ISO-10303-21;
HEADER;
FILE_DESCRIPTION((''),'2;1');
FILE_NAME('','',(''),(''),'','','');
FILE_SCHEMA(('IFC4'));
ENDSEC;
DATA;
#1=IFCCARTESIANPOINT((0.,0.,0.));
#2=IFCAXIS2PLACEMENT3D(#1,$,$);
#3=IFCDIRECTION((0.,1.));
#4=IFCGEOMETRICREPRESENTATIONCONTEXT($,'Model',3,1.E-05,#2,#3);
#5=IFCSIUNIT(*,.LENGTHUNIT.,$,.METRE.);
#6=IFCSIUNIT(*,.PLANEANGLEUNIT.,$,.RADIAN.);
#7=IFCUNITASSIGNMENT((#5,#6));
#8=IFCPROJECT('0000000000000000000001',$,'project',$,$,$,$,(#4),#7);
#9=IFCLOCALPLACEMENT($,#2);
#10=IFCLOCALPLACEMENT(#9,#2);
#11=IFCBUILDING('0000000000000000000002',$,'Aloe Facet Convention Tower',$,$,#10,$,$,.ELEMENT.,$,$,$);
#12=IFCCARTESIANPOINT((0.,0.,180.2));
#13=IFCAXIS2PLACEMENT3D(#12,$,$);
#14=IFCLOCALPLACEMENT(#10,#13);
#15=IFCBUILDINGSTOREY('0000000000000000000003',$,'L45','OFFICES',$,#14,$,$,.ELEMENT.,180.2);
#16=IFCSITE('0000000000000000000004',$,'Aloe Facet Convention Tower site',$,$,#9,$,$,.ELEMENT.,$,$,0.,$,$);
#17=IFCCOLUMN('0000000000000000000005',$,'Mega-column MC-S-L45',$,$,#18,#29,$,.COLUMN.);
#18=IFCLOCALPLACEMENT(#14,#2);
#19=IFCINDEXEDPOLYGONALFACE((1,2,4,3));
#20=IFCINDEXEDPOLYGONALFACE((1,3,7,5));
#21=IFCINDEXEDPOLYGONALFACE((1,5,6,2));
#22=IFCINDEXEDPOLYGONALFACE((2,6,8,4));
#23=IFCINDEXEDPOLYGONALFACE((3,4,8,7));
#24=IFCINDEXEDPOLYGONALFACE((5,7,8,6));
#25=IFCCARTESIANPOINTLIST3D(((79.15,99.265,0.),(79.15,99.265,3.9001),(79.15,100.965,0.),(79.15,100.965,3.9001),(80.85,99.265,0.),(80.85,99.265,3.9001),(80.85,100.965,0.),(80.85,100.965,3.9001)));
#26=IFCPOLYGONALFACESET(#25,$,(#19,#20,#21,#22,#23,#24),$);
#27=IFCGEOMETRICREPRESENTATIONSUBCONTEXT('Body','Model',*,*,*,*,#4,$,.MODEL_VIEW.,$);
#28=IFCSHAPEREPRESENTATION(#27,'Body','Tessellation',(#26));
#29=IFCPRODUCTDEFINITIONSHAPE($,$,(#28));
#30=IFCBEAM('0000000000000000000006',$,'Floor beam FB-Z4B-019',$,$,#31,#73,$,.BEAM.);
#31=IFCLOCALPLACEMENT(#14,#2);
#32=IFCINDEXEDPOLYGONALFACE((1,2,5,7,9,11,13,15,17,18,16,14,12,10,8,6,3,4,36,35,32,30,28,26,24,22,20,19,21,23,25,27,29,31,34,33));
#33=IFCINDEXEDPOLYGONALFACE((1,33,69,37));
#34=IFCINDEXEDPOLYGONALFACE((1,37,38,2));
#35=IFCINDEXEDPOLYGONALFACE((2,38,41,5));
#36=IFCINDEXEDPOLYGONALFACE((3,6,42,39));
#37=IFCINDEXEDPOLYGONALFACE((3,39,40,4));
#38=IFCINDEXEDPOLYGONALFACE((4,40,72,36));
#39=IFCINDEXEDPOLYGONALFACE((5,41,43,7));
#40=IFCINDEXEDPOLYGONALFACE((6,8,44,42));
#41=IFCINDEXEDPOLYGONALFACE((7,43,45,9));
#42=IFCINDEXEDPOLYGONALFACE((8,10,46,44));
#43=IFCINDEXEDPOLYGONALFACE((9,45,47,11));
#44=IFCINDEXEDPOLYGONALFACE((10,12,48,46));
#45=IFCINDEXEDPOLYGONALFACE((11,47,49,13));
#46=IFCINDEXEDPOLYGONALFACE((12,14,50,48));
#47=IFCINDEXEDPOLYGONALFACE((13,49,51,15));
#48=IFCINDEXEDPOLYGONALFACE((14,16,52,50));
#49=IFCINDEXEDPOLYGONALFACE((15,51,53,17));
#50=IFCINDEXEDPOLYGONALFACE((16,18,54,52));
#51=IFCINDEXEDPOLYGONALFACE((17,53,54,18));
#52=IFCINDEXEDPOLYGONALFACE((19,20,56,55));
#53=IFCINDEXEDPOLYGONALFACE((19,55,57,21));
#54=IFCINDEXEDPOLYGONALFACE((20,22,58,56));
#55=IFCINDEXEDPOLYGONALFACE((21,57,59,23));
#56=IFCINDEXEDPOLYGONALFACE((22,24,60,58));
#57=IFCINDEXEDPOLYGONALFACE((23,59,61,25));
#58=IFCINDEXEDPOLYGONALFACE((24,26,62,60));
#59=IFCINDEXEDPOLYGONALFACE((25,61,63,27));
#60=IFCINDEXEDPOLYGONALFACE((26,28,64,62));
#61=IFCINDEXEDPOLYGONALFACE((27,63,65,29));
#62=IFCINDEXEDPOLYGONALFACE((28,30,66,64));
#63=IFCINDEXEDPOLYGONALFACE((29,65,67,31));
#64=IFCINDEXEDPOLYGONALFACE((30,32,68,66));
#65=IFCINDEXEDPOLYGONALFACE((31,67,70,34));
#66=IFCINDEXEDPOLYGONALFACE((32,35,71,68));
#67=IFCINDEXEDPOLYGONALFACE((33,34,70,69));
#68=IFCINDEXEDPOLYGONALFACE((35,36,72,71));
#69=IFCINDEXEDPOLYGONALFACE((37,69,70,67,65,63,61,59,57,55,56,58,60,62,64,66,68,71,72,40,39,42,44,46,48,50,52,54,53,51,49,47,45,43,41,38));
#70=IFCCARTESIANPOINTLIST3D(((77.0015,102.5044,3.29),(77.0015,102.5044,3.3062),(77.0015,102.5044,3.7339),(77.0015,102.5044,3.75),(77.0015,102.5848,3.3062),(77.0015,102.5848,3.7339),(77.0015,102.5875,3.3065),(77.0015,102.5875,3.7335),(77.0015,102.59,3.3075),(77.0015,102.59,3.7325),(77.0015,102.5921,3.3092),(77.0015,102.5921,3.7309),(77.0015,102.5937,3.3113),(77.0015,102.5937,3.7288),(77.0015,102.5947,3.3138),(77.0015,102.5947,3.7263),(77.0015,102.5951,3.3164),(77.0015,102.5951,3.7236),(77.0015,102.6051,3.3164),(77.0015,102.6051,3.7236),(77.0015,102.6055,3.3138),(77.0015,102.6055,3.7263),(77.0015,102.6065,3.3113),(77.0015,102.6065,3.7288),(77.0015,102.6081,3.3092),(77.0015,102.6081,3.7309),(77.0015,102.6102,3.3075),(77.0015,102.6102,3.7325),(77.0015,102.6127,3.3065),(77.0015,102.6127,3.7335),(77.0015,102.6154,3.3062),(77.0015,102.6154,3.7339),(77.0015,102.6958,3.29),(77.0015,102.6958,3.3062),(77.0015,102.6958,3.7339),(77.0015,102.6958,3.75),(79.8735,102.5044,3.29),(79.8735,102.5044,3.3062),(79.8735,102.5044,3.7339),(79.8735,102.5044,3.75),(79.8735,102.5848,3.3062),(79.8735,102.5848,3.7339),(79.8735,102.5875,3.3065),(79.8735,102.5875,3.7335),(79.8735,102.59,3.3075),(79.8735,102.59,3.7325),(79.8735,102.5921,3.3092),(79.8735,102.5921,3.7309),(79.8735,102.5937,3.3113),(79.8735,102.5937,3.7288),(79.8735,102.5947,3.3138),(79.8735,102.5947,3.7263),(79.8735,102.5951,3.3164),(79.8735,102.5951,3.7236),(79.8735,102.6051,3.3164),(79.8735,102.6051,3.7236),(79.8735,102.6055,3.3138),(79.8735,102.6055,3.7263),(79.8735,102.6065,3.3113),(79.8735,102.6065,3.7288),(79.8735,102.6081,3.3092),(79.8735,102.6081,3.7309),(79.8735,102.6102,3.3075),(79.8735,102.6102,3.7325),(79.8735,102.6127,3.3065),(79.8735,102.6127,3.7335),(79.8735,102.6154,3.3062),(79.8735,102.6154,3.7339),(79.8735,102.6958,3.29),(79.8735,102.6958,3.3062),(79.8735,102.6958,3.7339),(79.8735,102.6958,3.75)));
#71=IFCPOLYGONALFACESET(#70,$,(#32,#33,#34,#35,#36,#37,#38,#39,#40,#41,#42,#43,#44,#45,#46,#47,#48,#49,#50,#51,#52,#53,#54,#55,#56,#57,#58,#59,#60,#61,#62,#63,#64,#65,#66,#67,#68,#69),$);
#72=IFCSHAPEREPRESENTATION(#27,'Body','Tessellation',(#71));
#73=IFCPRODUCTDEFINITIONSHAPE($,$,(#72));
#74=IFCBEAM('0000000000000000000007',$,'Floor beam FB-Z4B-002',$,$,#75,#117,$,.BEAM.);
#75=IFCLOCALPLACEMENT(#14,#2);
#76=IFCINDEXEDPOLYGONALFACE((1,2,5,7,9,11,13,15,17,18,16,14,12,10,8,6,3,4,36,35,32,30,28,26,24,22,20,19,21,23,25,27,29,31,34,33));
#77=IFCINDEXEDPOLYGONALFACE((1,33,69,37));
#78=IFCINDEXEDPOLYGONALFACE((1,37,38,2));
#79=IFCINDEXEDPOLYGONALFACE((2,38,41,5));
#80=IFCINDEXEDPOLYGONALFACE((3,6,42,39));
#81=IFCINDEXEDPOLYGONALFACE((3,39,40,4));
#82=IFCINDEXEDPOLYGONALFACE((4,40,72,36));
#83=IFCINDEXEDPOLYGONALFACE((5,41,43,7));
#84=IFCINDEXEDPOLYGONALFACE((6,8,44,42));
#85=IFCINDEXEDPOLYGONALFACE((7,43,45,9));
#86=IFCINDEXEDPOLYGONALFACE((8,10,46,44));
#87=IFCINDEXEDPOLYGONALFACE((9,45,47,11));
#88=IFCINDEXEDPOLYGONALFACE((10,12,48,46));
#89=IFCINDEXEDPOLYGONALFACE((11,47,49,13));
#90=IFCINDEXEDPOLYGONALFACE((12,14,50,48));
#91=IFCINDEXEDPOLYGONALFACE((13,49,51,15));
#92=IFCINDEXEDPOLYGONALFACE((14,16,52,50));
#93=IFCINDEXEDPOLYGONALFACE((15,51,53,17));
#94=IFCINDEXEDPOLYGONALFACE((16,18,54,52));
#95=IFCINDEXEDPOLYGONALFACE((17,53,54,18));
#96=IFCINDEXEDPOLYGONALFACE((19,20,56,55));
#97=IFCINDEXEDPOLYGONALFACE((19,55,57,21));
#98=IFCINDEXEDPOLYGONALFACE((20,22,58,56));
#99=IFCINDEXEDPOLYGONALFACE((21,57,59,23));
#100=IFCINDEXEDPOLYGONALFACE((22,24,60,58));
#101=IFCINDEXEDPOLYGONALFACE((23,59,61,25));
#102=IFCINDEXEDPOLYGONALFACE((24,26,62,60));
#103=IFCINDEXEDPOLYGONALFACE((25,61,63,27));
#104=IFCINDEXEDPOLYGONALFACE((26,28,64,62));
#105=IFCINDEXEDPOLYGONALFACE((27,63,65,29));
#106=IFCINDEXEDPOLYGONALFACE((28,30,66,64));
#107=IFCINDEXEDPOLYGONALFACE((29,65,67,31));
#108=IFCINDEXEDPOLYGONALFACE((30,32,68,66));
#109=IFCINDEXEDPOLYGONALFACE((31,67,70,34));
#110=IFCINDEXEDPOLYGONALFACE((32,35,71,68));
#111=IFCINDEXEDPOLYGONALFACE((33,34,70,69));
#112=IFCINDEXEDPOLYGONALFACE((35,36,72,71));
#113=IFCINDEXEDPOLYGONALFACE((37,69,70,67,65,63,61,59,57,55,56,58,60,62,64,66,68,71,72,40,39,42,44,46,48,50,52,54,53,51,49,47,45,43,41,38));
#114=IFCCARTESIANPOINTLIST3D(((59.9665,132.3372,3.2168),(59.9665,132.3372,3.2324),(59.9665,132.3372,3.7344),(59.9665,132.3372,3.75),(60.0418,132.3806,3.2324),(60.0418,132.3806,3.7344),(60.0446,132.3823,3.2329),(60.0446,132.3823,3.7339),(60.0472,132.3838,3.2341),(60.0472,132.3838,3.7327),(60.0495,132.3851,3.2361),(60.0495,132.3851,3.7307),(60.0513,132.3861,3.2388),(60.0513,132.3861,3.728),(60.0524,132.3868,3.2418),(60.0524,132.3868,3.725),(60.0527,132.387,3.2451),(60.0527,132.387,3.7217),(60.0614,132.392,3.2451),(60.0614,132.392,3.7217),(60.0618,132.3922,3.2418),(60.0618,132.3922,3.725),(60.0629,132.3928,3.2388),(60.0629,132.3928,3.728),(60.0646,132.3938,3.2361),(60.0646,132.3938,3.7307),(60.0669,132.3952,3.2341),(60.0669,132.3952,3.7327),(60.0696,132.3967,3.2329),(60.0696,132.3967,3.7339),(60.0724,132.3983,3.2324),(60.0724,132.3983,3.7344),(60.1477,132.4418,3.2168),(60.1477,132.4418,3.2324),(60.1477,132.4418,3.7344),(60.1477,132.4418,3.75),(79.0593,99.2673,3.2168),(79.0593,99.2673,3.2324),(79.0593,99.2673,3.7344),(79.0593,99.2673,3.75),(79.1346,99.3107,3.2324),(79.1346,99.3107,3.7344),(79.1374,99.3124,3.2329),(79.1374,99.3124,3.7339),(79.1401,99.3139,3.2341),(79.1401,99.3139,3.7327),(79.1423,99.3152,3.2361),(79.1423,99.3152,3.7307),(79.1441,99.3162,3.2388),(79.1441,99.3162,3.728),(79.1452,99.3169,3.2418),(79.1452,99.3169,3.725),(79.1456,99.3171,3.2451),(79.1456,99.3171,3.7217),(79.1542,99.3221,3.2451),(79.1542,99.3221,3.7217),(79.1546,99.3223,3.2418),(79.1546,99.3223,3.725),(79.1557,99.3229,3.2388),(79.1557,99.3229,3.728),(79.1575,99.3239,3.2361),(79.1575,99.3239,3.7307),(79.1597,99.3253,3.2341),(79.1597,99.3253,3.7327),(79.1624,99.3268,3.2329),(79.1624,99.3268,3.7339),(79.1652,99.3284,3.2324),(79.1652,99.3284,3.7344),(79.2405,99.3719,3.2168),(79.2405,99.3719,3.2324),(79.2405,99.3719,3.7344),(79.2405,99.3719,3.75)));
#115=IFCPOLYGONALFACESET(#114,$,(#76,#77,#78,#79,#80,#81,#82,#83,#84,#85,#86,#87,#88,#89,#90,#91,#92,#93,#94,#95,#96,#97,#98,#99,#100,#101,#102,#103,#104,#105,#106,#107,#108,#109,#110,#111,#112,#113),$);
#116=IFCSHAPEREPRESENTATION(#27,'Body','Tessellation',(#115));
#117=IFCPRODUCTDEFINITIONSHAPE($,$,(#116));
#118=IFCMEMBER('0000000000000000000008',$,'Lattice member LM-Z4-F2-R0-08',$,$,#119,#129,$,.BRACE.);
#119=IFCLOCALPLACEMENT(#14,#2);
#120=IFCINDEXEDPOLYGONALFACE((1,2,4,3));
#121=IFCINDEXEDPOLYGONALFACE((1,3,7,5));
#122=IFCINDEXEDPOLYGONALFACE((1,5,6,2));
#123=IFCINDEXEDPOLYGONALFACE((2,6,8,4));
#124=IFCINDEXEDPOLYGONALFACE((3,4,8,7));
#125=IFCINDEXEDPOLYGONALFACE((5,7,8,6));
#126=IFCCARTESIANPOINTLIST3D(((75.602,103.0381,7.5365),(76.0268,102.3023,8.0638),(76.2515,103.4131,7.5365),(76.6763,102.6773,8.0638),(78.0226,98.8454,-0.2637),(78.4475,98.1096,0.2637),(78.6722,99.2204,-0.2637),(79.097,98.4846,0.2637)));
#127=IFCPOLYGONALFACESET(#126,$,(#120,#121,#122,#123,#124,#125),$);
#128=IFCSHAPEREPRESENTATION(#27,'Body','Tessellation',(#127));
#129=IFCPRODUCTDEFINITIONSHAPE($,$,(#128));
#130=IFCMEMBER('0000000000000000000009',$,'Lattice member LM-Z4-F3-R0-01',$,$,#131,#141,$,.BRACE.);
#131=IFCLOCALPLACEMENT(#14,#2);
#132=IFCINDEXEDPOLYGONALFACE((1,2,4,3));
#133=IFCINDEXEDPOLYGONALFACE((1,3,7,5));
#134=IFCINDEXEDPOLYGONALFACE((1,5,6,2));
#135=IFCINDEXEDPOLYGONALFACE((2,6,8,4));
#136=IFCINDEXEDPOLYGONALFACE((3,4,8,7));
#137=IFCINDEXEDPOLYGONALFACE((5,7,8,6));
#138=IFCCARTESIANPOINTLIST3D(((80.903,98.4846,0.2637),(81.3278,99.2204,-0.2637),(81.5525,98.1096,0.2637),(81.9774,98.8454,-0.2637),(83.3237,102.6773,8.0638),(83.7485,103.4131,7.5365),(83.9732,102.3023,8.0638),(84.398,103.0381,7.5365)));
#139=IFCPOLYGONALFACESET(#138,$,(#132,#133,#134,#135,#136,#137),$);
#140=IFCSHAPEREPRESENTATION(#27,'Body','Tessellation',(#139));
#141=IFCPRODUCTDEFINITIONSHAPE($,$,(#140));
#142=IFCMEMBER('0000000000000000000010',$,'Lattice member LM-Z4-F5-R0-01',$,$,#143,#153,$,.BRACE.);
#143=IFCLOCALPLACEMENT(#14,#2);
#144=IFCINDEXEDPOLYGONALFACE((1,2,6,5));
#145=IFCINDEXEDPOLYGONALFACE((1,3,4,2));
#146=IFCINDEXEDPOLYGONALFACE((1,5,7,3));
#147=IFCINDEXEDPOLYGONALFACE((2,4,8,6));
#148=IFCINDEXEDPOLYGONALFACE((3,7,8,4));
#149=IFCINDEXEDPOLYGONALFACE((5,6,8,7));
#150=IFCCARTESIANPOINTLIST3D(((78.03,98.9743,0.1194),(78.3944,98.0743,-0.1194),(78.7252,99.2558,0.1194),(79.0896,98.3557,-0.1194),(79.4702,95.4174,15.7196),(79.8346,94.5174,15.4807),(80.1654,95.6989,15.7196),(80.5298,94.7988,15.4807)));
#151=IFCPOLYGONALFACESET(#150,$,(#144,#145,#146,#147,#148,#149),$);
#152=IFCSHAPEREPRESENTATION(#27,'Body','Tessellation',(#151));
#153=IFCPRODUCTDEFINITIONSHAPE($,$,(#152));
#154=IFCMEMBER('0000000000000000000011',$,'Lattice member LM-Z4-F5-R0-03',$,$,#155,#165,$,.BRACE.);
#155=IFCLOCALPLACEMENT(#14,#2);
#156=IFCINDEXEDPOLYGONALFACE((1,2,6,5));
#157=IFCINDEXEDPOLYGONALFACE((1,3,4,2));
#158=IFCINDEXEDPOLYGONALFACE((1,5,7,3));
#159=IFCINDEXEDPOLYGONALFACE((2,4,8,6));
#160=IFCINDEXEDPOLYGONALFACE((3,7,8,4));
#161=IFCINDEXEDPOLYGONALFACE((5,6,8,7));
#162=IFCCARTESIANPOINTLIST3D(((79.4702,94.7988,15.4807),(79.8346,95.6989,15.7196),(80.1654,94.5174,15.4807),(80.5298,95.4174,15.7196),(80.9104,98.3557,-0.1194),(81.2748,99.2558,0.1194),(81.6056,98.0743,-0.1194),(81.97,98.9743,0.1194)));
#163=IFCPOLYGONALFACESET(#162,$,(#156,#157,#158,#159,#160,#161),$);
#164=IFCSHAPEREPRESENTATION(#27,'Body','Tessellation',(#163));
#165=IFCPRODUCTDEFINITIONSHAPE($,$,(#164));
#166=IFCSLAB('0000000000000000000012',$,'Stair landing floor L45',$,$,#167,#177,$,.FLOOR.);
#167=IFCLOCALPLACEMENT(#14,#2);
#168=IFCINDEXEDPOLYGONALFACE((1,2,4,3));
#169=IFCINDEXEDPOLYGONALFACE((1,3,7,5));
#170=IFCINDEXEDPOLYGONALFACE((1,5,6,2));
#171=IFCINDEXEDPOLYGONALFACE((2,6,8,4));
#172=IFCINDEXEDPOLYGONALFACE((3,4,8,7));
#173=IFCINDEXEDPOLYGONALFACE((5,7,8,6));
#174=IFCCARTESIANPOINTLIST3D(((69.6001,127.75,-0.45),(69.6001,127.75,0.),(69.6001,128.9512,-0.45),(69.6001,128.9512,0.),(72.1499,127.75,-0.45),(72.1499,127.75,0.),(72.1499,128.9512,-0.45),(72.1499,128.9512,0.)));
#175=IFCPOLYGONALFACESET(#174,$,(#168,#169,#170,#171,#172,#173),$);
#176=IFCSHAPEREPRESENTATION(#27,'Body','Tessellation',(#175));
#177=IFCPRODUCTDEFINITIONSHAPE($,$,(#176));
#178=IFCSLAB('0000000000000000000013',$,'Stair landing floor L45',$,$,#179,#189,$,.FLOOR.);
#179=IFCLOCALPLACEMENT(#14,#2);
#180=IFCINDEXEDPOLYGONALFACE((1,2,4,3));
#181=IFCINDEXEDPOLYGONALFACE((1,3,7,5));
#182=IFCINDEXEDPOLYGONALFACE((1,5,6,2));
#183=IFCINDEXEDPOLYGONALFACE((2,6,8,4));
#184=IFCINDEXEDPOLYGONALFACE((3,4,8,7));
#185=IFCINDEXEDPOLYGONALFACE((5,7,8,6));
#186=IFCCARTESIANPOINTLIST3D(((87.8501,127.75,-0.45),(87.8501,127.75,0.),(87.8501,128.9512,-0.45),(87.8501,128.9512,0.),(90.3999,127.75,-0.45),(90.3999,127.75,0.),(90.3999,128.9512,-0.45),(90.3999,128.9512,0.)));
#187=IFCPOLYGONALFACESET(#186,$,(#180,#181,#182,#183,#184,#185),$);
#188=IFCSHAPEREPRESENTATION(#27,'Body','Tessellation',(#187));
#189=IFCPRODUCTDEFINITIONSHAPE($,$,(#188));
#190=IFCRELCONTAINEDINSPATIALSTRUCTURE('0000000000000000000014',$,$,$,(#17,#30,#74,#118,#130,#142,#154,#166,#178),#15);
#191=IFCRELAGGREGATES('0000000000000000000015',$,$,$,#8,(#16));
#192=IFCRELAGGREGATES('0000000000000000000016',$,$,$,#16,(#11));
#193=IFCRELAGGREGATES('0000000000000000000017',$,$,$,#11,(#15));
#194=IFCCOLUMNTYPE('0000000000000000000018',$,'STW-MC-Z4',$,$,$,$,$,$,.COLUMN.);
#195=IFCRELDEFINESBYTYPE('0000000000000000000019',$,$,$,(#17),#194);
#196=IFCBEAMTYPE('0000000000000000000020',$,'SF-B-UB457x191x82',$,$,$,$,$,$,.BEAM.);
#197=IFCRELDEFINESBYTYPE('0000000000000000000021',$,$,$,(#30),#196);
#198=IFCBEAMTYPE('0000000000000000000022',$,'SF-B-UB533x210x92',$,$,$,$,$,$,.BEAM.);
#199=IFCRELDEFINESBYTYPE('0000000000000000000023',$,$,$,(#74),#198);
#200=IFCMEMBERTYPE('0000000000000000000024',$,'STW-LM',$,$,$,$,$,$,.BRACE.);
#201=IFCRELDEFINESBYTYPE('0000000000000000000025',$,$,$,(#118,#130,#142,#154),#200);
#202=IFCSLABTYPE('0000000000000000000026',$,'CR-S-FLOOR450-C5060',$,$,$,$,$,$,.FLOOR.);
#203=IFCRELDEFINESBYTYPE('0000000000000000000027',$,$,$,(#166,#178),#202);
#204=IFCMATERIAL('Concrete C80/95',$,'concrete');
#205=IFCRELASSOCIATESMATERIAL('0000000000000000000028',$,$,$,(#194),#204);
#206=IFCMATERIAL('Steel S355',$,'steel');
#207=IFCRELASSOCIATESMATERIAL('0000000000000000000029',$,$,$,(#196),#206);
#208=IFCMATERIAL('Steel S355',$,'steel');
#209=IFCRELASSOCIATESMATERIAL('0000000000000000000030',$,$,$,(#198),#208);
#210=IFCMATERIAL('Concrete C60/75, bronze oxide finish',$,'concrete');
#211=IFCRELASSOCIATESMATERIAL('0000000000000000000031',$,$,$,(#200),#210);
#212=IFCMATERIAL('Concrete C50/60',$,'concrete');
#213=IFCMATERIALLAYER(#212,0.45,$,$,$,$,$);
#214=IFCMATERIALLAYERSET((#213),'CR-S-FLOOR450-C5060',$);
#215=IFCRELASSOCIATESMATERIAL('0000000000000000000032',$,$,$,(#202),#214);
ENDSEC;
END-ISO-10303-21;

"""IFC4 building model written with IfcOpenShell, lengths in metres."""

from ifc_helpers import new_model, si_unit, direction, frame, origin, origin_2d, place, context, subcontext, project, spatial, polyline, rectangle, i_section, outline, extrude, material, layer, layer_set, material_profile, profile_set, type_object, element, save


model = new_model("IFC4")

# Units and contexts
model_context = context("Model", 3, precision=1e-05, world=origin(), true_north=direction((0.0, 1.0)))
body_context = subcontext(model_context, "Body", "Model", "MODEL_VIEW")
ifc_project = project(units=[si_unit("LENGTHUNIT", "METRE"), si_unit("PLANEANGLEUNIT", "RADIAN")], contexts=[model_context])

# Site, building, storey
site_placement = place(None, origin())
site = spatial("IfcSite", under=ifc_project, at=site_placement, Name="Aloe Facet Convention Tower site", CompositionType="ELEMENT", RefElevation=0.0)
building_placement = place(site_placement, origin())
building = spatial("IfcBuilding", under=site, at=building_placement, Name="Aloe Facet Convention Tower", CompositionType="ELEMENT")
storey_placement = place(building_placement, frame((0.0, 0.0, 180.2)))
storey = spatial("IfcBuildingStorey", under=building, at=storey_placement, Name="L45", Description="OFFICES", CompositionType="ELEMENT", Elevation=180.2)

# Column
ifc_material_1 = material(Name="Concrete C80/95", Category="concrete")
ifc_material_profile_1 = material_profile(ifc_material_1, rectangle(XDim=1.7, YDim=1.7, at=origin_2d()), Name="STW-MC-Z4")
ifc_profile_set_1 = profile_set([ifc_material_profile_1], Name="Concrete C80/95")
column_type = type_object("IfcColumnType", Name="STW-MC-Z4", PredefinedType="COLUMN", material=ifc_profile_set_1)
column_placement = place(storey_placement, frame((80.0, 100.115, 0.0), z_axis=(0.0, 0.0, 1.0), x_axis=(1.0, 0.0, 0.0)))
element("IfcColumn", 1, at=column_placement, inside=storey, type_object=column_type, Name="Mega-column MC-S-L45", PredefinedType="COLUMN", context=body_context, shape_type="SweptSolid", body=[
    extrude(rectangle(XDim=1.7, YDim=1.7, at=origin_2d()), origin(), (0.0, 0.0, 1.0), 3.9001),
])

# Beams
ifc_material_2 = material(Name="Steel S355", Category="steel")
ifc_material_profile_2 = material_profile(ifc_material_2, i_section(OverallWidth=0.1914, OverallDepth=0.46, WebThickness=0.01, FlangeThickness=0.0161, FilletRadius=0.0103, at=origin_2d()), Name="UB 457x191x82")
ifc_profile_set_2 = profile_set([ifc_material_profile_2], Name="Steel S355")
beam_type_1 = type_object("IfcBeamType", Name="SF-B-UB457x191x82", PredefinedType="BEAM", material=ifc_profile_set_2)
beam_1_placement = place(storey_placement, frame((77.0015, 102.6001, 3.52), z_axis=(1.0, 0.0, 0.0), x_axis=(0.0, 1.0, 0.0)))
element("IfcBeam", 2, at=beam_1_placement, inside=storey, type_object=beam_type_1, Name="Floor beam FB-Z4B-019", PredefinedType="BEAM", context=body_context, shape_type="SweptSolid", body=[
    extrude(i_section(OverallWidth=0.1914, OverallDepth=0.46, WebThickness=0.01, FlangeThickness=0.0161, FilletRadius=0.0103, at=origin_2d()), origin(), (0.0, 0.0, 1.0), 2.8721),
])
ifc_material_3 = material(Name="Steel S355", Category="steel")
ifc_material_profile_3 = material_profile(ifc_material_3, i_section(OverallWidth=0.2092, OverallDepth=0.5332, WebThickness=0.01, FlangeThickness=0.0156, FilletRadius=0.0127, at=origin_2d()), Name="UB 533x210x92")
ifc_profile_set_3 = profile_set([ifc_material_profile_3], Name="Steel S355")
beam_type_2 = type_object("IfcBeamType", Name="SF-B-UB533x210x92", PredefinedType="BEAM", material=ifc_profile_set_3)
beam_2_placement = place(storey_placement, frame((79.1499, 99.3196, 3.4834), z_axis=(-0.499998, 0.866027, 0.0), x_axis=(-0.866027, -0.499998, 0.0)))
element("IfcBeam", 3, at=beam_2_placement, inside=storey, type_object=beam_type_2, Name="Floor beam FB-Z4B-002", PredefinedType="BEAM", context=body_context, shape_type="SweptSolid", body=[
    extrude(i_section(OverallWidth=0.2092, OverallDepth=0.5332, WebThickness=0.01, FlangeThickness=0.0156, FilletRadius=0.0127, at=origin_2d()), origin(), (0.0, 0.0, 1.0), 38.1858),
])

# Members
ifc_material_4 = material(Name="Concrete C60/75, bronze oxide finish", Category="concrete")
ifc_material_profile_4 = material_profile(ifc_material_4, rectangle(XDim=0.75, YDim=1.0, at=origin_2d()), Name="STW-LM")
ifc_profile_set_4 = profile_set([ifc_material_profile_4], Name="Concrete C60/75, bronze oxide finish")
member_type = type_object("IfcMemberType", Name="STW-LM", PredefinedType="BRACE", material=ifc_profile_set_4)
for number, where, z_axis, x_axis, name in (
    (4, (78.5598, 98.665, 0.0), (-0.263678, 0.456697, 0.849648), (-0.866022, -0.500006, 0.0), "Lattice member LM-Z4-F2-R0-08"),
    (5, (81.4402, 98.665, 0.0), (0.263678, 0.456697, 0.849648), (-0.866022, 0.500006, 0.0), "Lattice member LM-Z4-F3-R0-01"),
):
    element("IfcMember", number, at=place(storey_placement, frame(where, z_axis=z_axis, x_axis=x_axis)), inside=storey, type_object=member_type, Name=name, PredefinedType="BRACE", context=body_context, shape_type="SweptSolid", body=[
        extrude(rectangle(XDim=0.75, YDim=1.0, at=origin_2d()), origin(), (0.0, 0.0, 1.0), 9.1804),
    ])
for number, where, z_axis, x_axis, name in (
    (6, (78.5598, 98.665, 0.0), (0.089647, -0.221404, 0.971053), (0.926902, 0.375303, 0.0), "Lattice member LM-Z4-F5-R0-01"),
    (7, (81.4402, 98.665, 0.0), (-0.089647, -0.221404, 0.971053), (0.926902, -0.375303, 0.0), "Lattice member LM-Z4-F5-R0-03"),
):
    element("IfcMember", number, at=place(storey_placement, frame(where, z_axis=z_axis, x_axis=x_axis)), inside=storey, type_object=member_type, Name=name, PredefinedType="BRACE", context=body_context, shape_type="SweptSolid", body=[
        extrude(rectangle(XDim=0.75, YDim=1.0, at=origin_2d()), origin(), (0.0, 0.0, 1.0), 16.0652),
    ])

# Slabs
ifc_material_5 = material(Name="Concrete C50/60", Category="concrete")
ifc_layer_1 = layer(ifc_material_5, 0.45)
ifc_layer_set_1 = layer_set([ifc_layer_1], Name="CR-S-FLOOR450-C5060")
slab_type_1 = type_object("IfcSlabType", Name="CR-S-FLOOR450-C5060", PredefinedType="FLOOR", material=ifc_layer_set_1)
slab_1_placement = place(storey_placement, frame((0.0, 0.0, -0.45)))
element("IfcSlab", 8, at=slab_1_placement, inside=storey, type_object=slab_type_1, Name="Stair landing floor L45", PredefinedType="FLOOR", context=body_context, shape_type="SweptSolid", body=[
    extrude(outline(polyline([(72.1499, 127.75), (72.1499, 128.9512), (69.6001, 128.9512), (69.6001, 127.75), (72.1499, 127.75)])), origin(), (0.0, 0.0, 1.0), 0.45),
])
slab_2_placement = place(storey_placement, frame((0.0, 0.0, -0.45)))
element("IfcSlab", 9, at=slab_2_placement, inside=storey, type_object=slab_type_1, Name="Stair landing floor L45", PredefinedType="FLOOR", context=body_context, shape_type="SweptSolid", body=[
    extrude(outline(polyline([(90.3999, 127.75), (90.3999, 128.9512), (87.8501, 128.9512), (87.8501, 127.75), (90.3999, 127.75)])), origin(), (0.0, 0.0, 1.0), 0.45),
])

save(model, "model.ifc")
